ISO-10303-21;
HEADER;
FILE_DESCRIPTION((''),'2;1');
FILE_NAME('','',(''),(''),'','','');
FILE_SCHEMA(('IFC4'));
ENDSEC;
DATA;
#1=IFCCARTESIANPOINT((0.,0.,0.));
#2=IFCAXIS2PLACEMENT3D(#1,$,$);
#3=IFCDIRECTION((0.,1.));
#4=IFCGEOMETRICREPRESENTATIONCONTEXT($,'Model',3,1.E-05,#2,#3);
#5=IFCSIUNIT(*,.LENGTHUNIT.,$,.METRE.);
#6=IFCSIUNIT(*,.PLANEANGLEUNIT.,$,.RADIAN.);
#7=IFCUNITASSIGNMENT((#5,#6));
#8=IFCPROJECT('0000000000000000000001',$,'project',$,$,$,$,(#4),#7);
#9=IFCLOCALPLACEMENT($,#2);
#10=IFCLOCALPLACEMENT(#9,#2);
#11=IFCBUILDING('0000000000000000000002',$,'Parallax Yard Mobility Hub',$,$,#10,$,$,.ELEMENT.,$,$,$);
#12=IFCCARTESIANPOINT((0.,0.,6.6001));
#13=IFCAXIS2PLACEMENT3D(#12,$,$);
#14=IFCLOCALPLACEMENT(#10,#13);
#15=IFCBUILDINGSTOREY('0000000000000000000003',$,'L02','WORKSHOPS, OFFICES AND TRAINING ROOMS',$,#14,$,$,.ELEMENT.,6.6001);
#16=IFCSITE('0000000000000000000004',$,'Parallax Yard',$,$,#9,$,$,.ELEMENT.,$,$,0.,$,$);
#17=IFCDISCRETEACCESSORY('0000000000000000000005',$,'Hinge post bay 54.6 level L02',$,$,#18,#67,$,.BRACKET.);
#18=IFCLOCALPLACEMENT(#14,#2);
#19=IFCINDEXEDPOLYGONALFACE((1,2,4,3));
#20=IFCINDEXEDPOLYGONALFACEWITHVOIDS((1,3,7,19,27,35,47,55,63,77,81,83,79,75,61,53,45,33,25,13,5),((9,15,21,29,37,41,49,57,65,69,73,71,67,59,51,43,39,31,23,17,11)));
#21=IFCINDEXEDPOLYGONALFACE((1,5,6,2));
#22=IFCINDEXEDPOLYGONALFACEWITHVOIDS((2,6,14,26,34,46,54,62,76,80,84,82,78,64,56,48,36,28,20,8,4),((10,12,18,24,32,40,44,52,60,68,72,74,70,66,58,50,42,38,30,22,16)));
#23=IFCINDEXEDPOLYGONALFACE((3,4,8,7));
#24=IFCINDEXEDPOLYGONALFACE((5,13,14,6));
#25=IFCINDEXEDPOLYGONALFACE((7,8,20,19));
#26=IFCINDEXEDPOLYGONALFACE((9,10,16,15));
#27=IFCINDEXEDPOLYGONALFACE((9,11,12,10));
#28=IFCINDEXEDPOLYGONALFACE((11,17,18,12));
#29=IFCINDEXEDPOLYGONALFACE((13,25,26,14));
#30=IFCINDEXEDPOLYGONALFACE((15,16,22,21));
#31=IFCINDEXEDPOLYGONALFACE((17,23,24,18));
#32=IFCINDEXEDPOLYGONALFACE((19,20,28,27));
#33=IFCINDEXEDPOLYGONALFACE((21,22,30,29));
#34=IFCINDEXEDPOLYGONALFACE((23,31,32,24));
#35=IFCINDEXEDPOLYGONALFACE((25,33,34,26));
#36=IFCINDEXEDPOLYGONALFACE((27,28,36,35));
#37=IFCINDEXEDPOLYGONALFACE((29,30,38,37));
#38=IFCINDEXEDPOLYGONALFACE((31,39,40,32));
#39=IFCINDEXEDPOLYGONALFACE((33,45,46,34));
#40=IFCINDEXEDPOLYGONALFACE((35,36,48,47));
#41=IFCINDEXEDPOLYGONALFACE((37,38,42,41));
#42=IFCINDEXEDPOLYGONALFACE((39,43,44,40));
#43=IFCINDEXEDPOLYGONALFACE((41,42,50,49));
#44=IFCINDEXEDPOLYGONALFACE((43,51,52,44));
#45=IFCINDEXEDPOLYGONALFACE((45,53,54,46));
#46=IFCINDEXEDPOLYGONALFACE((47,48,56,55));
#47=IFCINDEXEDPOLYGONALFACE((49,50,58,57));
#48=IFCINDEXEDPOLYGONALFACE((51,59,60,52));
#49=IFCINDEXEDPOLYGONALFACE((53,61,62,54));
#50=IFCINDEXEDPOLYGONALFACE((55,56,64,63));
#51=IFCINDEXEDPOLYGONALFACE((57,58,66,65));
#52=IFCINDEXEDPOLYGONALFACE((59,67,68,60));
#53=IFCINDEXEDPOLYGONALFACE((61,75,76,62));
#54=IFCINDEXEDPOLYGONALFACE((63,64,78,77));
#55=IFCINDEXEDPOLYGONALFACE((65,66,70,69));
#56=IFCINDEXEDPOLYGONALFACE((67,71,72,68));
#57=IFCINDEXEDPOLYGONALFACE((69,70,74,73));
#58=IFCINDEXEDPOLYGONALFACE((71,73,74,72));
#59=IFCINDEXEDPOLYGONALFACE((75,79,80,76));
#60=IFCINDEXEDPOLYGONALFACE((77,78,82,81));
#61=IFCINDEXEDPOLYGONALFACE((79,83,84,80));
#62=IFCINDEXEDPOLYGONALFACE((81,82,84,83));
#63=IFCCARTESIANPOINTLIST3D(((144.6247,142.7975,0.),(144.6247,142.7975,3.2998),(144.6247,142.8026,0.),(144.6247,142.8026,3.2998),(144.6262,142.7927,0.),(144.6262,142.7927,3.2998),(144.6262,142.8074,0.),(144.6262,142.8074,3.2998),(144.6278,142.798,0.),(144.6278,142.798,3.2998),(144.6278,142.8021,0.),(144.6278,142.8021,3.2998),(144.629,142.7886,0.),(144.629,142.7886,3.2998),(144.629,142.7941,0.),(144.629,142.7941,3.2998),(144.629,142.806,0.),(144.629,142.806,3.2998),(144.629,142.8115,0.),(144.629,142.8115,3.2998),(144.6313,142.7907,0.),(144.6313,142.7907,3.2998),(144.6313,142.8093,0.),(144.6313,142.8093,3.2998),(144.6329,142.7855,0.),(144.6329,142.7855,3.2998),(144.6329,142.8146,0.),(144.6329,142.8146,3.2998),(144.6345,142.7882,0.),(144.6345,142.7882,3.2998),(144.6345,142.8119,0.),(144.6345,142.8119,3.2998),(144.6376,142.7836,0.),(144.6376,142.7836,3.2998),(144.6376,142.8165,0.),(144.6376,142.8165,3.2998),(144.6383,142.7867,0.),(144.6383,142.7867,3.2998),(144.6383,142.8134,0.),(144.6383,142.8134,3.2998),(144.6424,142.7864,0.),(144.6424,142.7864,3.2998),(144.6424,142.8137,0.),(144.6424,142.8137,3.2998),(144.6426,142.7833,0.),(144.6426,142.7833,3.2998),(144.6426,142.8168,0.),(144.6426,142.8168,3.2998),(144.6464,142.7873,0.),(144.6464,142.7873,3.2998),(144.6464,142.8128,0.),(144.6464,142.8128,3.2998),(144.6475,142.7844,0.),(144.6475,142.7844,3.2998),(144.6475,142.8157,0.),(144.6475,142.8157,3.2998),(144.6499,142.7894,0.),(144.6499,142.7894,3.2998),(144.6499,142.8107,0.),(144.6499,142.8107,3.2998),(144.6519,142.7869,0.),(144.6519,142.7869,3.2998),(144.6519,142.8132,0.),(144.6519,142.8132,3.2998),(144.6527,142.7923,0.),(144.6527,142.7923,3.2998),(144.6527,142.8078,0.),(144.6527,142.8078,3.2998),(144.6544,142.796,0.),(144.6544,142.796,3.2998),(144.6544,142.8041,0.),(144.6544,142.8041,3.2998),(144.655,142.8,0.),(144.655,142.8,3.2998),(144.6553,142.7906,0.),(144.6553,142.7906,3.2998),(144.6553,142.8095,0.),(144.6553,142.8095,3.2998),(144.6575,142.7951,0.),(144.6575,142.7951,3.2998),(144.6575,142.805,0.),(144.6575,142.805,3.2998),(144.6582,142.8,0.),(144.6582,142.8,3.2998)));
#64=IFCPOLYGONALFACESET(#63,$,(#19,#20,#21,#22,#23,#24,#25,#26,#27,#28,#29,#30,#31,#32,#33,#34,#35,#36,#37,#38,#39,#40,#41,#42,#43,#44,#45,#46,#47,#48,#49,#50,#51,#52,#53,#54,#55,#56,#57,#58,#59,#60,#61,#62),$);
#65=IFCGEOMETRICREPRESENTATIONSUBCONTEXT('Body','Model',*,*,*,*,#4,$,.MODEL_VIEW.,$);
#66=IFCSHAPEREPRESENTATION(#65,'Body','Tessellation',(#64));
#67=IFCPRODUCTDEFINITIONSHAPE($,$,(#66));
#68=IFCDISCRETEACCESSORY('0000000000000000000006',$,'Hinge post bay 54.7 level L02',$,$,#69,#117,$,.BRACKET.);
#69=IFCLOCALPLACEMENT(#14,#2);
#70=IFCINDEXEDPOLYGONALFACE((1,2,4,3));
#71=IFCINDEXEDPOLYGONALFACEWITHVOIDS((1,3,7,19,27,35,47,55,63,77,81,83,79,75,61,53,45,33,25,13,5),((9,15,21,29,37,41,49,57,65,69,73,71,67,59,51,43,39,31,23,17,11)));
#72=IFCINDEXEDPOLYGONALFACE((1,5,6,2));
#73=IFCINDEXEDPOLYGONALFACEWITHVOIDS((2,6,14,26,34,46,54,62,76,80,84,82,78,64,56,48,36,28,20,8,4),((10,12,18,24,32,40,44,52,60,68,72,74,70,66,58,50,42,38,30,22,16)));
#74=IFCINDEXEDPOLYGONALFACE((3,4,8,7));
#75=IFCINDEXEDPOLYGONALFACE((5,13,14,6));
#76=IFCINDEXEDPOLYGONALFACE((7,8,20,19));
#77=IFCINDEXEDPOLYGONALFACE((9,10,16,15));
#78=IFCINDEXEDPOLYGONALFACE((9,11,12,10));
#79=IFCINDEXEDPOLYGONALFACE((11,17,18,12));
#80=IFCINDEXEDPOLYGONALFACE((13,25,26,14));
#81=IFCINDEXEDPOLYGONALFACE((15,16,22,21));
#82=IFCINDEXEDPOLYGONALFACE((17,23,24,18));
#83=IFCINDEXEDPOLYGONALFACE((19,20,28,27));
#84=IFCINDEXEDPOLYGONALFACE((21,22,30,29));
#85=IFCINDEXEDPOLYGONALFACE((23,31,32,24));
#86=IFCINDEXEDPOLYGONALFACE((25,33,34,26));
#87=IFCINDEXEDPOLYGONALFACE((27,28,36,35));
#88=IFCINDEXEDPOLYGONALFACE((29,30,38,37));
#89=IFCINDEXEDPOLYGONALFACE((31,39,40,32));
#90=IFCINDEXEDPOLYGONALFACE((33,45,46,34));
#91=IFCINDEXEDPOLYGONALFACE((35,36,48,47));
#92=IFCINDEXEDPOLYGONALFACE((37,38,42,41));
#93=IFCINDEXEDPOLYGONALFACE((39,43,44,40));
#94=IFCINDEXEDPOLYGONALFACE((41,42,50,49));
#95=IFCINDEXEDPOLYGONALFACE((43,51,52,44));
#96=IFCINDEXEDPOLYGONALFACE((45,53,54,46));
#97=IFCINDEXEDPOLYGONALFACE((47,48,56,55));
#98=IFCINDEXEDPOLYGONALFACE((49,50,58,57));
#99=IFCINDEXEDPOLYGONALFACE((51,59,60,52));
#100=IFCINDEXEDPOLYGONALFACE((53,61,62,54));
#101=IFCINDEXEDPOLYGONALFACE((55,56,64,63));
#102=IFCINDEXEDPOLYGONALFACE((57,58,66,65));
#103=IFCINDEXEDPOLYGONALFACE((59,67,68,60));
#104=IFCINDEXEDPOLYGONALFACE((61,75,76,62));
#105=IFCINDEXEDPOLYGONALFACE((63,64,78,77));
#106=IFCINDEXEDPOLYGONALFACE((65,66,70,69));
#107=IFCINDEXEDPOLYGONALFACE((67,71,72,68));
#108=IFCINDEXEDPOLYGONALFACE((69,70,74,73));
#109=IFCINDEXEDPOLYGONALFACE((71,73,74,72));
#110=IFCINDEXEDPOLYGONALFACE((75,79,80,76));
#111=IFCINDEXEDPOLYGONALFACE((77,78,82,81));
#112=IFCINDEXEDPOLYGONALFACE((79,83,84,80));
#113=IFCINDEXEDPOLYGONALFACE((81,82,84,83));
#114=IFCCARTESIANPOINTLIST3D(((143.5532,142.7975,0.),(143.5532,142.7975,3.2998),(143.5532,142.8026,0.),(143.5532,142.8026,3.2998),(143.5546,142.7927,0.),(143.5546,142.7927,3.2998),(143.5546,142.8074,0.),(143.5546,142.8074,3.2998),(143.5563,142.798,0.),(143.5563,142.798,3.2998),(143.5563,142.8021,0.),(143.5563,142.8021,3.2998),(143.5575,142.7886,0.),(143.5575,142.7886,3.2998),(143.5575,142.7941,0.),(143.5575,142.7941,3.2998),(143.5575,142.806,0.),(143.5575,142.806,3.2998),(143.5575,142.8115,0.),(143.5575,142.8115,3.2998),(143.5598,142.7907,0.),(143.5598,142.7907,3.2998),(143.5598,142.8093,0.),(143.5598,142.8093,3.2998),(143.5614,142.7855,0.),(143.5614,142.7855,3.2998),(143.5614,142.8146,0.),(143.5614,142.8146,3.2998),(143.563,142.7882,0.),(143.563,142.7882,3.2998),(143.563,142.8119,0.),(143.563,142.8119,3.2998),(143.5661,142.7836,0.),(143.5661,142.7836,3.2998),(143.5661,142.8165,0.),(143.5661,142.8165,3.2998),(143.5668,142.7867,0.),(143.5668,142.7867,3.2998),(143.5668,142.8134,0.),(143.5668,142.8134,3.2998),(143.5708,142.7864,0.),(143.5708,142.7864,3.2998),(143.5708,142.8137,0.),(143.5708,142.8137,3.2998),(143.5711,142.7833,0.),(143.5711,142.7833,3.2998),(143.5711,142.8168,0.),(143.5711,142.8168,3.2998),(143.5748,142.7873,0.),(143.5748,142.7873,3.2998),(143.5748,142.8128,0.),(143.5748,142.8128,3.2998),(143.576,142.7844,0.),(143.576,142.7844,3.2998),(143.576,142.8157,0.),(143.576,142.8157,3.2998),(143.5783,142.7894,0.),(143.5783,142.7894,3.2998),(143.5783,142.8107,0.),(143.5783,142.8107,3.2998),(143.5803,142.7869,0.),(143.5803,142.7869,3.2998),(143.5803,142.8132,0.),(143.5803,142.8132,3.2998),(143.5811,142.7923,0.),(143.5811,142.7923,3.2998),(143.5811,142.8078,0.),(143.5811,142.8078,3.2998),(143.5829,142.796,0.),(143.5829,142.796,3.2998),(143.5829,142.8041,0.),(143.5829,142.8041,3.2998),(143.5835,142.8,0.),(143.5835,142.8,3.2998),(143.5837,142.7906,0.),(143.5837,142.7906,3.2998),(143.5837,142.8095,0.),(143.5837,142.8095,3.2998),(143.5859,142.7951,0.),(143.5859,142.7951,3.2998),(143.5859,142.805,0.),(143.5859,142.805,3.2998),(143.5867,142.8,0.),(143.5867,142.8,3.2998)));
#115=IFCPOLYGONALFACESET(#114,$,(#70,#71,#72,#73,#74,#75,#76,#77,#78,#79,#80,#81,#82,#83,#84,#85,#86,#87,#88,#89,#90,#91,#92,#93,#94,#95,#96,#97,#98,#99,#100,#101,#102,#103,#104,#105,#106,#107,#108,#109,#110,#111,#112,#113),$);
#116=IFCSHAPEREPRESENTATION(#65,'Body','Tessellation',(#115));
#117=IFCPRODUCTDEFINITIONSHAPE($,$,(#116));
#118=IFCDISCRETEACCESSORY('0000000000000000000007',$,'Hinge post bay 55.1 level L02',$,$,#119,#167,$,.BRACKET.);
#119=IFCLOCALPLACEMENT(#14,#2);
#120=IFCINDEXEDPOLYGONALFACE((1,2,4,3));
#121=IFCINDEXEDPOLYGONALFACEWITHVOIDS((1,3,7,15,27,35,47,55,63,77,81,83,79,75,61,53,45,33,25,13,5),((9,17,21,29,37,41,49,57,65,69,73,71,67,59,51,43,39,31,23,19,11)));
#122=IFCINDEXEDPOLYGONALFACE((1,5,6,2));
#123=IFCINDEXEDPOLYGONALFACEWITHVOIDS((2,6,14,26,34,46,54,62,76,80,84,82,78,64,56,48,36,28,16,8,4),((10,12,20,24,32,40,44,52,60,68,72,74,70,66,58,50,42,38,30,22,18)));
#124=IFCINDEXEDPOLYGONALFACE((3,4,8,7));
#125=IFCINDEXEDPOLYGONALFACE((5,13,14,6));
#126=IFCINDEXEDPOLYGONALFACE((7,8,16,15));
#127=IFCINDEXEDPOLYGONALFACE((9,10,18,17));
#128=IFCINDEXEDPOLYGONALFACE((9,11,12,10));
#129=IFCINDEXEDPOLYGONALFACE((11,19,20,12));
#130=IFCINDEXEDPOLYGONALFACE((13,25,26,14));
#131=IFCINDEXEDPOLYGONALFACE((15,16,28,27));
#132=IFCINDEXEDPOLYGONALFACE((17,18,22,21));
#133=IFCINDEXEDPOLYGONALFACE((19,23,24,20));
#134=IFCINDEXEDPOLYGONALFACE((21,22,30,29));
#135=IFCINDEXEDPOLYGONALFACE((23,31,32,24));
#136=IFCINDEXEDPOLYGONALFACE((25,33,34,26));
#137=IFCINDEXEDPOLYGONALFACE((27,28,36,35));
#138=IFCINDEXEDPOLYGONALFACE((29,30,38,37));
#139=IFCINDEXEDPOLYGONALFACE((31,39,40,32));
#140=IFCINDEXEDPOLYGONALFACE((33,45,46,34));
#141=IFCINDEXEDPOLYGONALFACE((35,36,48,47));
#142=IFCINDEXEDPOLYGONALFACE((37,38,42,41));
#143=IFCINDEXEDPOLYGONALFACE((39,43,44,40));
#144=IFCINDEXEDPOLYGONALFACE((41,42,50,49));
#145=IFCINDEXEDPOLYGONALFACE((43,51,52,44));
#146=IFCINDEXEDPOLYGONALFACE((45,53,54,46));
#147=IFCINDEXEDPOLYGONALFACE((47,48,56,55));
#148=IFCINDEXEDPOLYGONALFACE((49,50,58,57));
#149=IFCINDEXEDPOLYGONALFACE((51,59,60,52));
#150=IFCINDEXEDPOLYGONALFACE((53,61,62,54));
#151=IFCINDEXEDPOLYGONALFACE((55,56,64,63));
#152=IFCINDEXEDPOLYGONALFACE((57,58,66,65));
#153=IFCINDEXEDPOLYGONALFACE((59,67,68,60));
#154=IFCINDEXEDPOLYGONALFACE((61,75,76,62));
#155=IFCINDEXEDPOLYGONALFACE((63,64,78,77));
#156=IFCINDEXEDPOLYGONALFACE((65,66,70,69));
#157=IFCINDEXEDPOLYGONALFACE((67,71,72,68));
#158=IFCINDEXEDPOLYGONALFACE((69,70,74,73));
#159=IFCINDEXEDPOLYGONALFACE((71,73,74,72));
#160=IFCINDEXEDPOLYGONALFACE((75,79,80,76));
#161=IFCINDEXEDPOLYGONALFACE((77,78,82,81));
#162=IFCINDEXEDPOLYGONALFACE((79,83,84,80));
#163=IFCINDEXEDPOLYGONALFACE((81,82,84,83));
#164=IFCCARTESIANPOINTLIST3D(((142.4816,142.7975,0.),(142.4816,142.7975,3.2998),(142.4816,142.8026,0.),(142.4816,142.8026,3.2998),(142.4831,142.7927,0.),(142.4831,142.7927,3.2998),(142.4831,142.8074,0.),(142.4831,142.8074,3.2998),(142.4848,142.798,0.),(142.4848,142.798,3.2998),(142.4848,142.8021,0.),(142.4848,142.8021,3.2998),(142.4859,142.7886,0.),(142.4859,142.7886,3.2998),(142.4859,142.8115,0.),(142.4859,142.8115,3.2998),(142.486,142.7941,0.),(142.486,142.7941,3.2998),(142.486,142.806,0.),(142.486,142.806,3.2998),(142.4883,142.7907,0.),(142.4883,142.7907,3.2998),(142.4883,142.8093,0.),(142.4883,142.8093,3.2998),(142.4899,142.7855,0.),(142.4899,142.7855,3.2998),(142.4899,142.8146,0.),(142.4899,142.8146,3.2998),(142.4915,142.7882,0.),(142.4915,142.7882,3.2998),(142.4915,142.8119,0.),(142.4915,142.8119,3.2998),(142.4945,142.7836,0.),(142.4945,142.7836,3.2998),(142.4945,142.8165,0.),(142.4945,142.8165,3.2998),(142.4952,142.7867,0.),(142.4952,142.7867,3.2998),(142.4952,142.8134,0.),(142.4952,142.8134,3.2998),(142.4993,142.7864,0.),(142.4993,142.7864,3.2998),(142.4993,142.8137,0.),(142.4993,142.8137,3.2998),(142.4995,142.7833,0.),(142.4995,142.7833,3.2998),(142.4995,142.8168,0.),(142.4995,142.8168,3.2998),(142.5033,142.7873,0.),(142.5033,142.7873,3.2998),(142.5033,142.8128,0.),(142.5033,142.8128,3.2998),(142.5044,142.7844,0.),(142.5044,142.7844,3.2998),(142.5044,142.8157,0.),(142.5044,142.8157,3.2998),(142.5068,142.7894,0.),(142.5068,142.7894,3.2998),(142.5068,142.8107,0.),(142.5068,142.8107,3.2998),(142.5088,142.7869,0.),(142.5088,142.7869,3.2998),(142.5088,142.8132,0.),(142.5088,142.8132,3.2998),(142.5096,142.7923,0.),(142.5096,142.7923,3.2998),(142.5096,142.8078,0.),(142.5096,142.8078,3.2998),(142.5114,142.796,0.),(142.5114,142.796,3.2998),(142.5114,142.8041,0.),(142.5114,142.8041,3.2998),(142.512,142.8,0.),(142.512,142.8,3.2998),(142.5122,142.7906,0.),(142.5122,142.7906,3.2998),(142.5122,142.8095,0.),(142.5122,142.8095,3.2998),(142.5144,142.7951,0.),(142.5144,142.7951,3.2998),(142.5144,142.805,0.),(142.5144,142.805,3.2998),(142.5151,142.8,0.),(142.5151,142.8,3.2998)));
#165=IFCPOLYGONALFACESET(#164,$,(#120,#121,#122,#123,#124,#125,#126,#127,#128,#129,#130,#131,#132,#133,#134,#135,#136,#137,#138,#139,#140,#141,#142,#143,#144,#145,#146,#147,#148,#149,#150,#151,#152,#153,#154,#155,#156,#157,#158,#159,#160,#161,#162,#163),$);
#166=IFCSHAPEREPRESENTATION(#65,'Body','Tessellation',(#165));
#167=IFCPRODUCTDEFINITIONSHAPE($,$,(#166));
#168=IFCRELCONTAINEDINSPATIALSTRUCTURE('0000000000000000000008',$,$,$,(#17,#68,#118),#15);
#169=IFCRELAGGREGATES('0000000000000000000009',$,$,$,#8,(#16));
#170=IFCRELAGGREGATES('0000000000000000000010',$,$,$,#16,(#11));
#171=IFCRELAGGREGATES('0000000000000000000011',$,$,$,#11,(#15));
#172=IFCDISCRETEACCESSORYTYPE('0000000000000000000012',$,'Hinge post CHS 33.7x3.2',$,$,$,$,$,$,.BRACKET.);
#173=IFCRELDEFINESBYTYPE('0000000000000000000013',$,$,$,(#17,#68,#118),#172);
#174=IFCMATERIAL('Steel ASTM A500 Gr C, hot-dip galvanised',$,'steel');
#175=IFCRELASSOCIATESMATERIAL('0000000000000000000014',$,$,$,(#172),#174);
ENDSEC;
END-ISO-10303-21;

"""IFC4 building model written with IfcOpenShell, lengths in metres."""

from ifc_helpers import new_model, si_unit, direction, frame, origin, origin_2d, place, context, subcontext, project, spatial, hollow_circle, extrude, material, material_profile, profile_set, type_object, element, save


model = new_model("IFC4")

# Units and contexts
model_context = context("Model", 3, precision=1e-05, world=origin(), true_north=direction((0.0, 1.0)))
body_context = subcontext(model_context, "Body", "Model", "MODEL_VIEW")
ifc_project = project(units=[si_unit("LENGTHUNIT", "METRE"), si_unit("PLANEANGLEUNIT", "RADIAN")], contexts=[model_context])

# Site, building, storey
site_placement = place(None, origin())
site = spatial("IfcSite", under=ifc_project, at=site_placement, Name="Parallax Yard", CompositionType="ELEMENT", RefElevation=0.0)
building_placement = place(site_placement, origin())
building = spatial("IfcBuilding", under=site, at=building_placement, Name="Parallax Yard Mobility Hub", CompositionType="ELEMENT")
storey_placement = place(building_placement, frame((0.0, 0.0, 6.6001)))
storey = spatial("IfcBuildingStorey", under=building, at=storey_placement, Name="L02", Description="WORKSHOPS, OFFICES AND TRAINING ROOMS", CompositionType="ELEMENT", Elevation=6.6001)

# Discrete accessories
ifc_material_1 = material(Name="Steel ASTM A500 Gr C, hot-dip galvanised", Category="steel")
ifc_material_profile_1 = material_profile(ifc_material_1, hollow_circle(Radius=0.0168, WallThickness=0.0032, at=origin_2d()), Name="CHS 33.7x3.2")
ifc_profile_set_1 = profile_set([ifc_material_profile_1], Name="Steel ASTM A500 Gr C, hot-dip galvanised")
discrete_accessory_type_1 = type_object("IfcDiscreteAccessoryType", Name="Hinge post CHS 33.7x3.2", PredefinedType="BRACKET", material=ifc_profile_set_1)
for number, where, z_axis, x_axis, name in (
    (1, (144.6414, 142.8, 0.0), (0.0, 0.0, 1.0), (1.0, 0.0, 0.0), "Hinge post bay 54.6 level L02"),
    (2, (143.5698, 142.8, 0.0), (0.0, 0.0, 1.0), (1.0, 0.0, 0.0), "Hinge post bay 54.7 level L02"),
    (3, (142.4983, 142.8, 0.0), (0.0, 0.0, 1.0), (1.0, 0.0, 0.0), "Hinge post bay 55.1 level L02"),
):
    element("IfcDiscreteAccessory", number, at=place(storey_placement, frame(where, z_axis=z_axis, x_axis=x_axis)), inside=storey, type_object=discrete_accessory_type_1, Name=name, PredefinedType="BRACKET", context=body_context, shape_type="SweptSolid", body=[
        extrude(hollow_circle(Radius=0.0168, WallThickness=0.0032, at=origin_2d()), origin(), (0.0, 0.0, 1.0), 3.2998),
    ])

save(model, "model.ifc")
